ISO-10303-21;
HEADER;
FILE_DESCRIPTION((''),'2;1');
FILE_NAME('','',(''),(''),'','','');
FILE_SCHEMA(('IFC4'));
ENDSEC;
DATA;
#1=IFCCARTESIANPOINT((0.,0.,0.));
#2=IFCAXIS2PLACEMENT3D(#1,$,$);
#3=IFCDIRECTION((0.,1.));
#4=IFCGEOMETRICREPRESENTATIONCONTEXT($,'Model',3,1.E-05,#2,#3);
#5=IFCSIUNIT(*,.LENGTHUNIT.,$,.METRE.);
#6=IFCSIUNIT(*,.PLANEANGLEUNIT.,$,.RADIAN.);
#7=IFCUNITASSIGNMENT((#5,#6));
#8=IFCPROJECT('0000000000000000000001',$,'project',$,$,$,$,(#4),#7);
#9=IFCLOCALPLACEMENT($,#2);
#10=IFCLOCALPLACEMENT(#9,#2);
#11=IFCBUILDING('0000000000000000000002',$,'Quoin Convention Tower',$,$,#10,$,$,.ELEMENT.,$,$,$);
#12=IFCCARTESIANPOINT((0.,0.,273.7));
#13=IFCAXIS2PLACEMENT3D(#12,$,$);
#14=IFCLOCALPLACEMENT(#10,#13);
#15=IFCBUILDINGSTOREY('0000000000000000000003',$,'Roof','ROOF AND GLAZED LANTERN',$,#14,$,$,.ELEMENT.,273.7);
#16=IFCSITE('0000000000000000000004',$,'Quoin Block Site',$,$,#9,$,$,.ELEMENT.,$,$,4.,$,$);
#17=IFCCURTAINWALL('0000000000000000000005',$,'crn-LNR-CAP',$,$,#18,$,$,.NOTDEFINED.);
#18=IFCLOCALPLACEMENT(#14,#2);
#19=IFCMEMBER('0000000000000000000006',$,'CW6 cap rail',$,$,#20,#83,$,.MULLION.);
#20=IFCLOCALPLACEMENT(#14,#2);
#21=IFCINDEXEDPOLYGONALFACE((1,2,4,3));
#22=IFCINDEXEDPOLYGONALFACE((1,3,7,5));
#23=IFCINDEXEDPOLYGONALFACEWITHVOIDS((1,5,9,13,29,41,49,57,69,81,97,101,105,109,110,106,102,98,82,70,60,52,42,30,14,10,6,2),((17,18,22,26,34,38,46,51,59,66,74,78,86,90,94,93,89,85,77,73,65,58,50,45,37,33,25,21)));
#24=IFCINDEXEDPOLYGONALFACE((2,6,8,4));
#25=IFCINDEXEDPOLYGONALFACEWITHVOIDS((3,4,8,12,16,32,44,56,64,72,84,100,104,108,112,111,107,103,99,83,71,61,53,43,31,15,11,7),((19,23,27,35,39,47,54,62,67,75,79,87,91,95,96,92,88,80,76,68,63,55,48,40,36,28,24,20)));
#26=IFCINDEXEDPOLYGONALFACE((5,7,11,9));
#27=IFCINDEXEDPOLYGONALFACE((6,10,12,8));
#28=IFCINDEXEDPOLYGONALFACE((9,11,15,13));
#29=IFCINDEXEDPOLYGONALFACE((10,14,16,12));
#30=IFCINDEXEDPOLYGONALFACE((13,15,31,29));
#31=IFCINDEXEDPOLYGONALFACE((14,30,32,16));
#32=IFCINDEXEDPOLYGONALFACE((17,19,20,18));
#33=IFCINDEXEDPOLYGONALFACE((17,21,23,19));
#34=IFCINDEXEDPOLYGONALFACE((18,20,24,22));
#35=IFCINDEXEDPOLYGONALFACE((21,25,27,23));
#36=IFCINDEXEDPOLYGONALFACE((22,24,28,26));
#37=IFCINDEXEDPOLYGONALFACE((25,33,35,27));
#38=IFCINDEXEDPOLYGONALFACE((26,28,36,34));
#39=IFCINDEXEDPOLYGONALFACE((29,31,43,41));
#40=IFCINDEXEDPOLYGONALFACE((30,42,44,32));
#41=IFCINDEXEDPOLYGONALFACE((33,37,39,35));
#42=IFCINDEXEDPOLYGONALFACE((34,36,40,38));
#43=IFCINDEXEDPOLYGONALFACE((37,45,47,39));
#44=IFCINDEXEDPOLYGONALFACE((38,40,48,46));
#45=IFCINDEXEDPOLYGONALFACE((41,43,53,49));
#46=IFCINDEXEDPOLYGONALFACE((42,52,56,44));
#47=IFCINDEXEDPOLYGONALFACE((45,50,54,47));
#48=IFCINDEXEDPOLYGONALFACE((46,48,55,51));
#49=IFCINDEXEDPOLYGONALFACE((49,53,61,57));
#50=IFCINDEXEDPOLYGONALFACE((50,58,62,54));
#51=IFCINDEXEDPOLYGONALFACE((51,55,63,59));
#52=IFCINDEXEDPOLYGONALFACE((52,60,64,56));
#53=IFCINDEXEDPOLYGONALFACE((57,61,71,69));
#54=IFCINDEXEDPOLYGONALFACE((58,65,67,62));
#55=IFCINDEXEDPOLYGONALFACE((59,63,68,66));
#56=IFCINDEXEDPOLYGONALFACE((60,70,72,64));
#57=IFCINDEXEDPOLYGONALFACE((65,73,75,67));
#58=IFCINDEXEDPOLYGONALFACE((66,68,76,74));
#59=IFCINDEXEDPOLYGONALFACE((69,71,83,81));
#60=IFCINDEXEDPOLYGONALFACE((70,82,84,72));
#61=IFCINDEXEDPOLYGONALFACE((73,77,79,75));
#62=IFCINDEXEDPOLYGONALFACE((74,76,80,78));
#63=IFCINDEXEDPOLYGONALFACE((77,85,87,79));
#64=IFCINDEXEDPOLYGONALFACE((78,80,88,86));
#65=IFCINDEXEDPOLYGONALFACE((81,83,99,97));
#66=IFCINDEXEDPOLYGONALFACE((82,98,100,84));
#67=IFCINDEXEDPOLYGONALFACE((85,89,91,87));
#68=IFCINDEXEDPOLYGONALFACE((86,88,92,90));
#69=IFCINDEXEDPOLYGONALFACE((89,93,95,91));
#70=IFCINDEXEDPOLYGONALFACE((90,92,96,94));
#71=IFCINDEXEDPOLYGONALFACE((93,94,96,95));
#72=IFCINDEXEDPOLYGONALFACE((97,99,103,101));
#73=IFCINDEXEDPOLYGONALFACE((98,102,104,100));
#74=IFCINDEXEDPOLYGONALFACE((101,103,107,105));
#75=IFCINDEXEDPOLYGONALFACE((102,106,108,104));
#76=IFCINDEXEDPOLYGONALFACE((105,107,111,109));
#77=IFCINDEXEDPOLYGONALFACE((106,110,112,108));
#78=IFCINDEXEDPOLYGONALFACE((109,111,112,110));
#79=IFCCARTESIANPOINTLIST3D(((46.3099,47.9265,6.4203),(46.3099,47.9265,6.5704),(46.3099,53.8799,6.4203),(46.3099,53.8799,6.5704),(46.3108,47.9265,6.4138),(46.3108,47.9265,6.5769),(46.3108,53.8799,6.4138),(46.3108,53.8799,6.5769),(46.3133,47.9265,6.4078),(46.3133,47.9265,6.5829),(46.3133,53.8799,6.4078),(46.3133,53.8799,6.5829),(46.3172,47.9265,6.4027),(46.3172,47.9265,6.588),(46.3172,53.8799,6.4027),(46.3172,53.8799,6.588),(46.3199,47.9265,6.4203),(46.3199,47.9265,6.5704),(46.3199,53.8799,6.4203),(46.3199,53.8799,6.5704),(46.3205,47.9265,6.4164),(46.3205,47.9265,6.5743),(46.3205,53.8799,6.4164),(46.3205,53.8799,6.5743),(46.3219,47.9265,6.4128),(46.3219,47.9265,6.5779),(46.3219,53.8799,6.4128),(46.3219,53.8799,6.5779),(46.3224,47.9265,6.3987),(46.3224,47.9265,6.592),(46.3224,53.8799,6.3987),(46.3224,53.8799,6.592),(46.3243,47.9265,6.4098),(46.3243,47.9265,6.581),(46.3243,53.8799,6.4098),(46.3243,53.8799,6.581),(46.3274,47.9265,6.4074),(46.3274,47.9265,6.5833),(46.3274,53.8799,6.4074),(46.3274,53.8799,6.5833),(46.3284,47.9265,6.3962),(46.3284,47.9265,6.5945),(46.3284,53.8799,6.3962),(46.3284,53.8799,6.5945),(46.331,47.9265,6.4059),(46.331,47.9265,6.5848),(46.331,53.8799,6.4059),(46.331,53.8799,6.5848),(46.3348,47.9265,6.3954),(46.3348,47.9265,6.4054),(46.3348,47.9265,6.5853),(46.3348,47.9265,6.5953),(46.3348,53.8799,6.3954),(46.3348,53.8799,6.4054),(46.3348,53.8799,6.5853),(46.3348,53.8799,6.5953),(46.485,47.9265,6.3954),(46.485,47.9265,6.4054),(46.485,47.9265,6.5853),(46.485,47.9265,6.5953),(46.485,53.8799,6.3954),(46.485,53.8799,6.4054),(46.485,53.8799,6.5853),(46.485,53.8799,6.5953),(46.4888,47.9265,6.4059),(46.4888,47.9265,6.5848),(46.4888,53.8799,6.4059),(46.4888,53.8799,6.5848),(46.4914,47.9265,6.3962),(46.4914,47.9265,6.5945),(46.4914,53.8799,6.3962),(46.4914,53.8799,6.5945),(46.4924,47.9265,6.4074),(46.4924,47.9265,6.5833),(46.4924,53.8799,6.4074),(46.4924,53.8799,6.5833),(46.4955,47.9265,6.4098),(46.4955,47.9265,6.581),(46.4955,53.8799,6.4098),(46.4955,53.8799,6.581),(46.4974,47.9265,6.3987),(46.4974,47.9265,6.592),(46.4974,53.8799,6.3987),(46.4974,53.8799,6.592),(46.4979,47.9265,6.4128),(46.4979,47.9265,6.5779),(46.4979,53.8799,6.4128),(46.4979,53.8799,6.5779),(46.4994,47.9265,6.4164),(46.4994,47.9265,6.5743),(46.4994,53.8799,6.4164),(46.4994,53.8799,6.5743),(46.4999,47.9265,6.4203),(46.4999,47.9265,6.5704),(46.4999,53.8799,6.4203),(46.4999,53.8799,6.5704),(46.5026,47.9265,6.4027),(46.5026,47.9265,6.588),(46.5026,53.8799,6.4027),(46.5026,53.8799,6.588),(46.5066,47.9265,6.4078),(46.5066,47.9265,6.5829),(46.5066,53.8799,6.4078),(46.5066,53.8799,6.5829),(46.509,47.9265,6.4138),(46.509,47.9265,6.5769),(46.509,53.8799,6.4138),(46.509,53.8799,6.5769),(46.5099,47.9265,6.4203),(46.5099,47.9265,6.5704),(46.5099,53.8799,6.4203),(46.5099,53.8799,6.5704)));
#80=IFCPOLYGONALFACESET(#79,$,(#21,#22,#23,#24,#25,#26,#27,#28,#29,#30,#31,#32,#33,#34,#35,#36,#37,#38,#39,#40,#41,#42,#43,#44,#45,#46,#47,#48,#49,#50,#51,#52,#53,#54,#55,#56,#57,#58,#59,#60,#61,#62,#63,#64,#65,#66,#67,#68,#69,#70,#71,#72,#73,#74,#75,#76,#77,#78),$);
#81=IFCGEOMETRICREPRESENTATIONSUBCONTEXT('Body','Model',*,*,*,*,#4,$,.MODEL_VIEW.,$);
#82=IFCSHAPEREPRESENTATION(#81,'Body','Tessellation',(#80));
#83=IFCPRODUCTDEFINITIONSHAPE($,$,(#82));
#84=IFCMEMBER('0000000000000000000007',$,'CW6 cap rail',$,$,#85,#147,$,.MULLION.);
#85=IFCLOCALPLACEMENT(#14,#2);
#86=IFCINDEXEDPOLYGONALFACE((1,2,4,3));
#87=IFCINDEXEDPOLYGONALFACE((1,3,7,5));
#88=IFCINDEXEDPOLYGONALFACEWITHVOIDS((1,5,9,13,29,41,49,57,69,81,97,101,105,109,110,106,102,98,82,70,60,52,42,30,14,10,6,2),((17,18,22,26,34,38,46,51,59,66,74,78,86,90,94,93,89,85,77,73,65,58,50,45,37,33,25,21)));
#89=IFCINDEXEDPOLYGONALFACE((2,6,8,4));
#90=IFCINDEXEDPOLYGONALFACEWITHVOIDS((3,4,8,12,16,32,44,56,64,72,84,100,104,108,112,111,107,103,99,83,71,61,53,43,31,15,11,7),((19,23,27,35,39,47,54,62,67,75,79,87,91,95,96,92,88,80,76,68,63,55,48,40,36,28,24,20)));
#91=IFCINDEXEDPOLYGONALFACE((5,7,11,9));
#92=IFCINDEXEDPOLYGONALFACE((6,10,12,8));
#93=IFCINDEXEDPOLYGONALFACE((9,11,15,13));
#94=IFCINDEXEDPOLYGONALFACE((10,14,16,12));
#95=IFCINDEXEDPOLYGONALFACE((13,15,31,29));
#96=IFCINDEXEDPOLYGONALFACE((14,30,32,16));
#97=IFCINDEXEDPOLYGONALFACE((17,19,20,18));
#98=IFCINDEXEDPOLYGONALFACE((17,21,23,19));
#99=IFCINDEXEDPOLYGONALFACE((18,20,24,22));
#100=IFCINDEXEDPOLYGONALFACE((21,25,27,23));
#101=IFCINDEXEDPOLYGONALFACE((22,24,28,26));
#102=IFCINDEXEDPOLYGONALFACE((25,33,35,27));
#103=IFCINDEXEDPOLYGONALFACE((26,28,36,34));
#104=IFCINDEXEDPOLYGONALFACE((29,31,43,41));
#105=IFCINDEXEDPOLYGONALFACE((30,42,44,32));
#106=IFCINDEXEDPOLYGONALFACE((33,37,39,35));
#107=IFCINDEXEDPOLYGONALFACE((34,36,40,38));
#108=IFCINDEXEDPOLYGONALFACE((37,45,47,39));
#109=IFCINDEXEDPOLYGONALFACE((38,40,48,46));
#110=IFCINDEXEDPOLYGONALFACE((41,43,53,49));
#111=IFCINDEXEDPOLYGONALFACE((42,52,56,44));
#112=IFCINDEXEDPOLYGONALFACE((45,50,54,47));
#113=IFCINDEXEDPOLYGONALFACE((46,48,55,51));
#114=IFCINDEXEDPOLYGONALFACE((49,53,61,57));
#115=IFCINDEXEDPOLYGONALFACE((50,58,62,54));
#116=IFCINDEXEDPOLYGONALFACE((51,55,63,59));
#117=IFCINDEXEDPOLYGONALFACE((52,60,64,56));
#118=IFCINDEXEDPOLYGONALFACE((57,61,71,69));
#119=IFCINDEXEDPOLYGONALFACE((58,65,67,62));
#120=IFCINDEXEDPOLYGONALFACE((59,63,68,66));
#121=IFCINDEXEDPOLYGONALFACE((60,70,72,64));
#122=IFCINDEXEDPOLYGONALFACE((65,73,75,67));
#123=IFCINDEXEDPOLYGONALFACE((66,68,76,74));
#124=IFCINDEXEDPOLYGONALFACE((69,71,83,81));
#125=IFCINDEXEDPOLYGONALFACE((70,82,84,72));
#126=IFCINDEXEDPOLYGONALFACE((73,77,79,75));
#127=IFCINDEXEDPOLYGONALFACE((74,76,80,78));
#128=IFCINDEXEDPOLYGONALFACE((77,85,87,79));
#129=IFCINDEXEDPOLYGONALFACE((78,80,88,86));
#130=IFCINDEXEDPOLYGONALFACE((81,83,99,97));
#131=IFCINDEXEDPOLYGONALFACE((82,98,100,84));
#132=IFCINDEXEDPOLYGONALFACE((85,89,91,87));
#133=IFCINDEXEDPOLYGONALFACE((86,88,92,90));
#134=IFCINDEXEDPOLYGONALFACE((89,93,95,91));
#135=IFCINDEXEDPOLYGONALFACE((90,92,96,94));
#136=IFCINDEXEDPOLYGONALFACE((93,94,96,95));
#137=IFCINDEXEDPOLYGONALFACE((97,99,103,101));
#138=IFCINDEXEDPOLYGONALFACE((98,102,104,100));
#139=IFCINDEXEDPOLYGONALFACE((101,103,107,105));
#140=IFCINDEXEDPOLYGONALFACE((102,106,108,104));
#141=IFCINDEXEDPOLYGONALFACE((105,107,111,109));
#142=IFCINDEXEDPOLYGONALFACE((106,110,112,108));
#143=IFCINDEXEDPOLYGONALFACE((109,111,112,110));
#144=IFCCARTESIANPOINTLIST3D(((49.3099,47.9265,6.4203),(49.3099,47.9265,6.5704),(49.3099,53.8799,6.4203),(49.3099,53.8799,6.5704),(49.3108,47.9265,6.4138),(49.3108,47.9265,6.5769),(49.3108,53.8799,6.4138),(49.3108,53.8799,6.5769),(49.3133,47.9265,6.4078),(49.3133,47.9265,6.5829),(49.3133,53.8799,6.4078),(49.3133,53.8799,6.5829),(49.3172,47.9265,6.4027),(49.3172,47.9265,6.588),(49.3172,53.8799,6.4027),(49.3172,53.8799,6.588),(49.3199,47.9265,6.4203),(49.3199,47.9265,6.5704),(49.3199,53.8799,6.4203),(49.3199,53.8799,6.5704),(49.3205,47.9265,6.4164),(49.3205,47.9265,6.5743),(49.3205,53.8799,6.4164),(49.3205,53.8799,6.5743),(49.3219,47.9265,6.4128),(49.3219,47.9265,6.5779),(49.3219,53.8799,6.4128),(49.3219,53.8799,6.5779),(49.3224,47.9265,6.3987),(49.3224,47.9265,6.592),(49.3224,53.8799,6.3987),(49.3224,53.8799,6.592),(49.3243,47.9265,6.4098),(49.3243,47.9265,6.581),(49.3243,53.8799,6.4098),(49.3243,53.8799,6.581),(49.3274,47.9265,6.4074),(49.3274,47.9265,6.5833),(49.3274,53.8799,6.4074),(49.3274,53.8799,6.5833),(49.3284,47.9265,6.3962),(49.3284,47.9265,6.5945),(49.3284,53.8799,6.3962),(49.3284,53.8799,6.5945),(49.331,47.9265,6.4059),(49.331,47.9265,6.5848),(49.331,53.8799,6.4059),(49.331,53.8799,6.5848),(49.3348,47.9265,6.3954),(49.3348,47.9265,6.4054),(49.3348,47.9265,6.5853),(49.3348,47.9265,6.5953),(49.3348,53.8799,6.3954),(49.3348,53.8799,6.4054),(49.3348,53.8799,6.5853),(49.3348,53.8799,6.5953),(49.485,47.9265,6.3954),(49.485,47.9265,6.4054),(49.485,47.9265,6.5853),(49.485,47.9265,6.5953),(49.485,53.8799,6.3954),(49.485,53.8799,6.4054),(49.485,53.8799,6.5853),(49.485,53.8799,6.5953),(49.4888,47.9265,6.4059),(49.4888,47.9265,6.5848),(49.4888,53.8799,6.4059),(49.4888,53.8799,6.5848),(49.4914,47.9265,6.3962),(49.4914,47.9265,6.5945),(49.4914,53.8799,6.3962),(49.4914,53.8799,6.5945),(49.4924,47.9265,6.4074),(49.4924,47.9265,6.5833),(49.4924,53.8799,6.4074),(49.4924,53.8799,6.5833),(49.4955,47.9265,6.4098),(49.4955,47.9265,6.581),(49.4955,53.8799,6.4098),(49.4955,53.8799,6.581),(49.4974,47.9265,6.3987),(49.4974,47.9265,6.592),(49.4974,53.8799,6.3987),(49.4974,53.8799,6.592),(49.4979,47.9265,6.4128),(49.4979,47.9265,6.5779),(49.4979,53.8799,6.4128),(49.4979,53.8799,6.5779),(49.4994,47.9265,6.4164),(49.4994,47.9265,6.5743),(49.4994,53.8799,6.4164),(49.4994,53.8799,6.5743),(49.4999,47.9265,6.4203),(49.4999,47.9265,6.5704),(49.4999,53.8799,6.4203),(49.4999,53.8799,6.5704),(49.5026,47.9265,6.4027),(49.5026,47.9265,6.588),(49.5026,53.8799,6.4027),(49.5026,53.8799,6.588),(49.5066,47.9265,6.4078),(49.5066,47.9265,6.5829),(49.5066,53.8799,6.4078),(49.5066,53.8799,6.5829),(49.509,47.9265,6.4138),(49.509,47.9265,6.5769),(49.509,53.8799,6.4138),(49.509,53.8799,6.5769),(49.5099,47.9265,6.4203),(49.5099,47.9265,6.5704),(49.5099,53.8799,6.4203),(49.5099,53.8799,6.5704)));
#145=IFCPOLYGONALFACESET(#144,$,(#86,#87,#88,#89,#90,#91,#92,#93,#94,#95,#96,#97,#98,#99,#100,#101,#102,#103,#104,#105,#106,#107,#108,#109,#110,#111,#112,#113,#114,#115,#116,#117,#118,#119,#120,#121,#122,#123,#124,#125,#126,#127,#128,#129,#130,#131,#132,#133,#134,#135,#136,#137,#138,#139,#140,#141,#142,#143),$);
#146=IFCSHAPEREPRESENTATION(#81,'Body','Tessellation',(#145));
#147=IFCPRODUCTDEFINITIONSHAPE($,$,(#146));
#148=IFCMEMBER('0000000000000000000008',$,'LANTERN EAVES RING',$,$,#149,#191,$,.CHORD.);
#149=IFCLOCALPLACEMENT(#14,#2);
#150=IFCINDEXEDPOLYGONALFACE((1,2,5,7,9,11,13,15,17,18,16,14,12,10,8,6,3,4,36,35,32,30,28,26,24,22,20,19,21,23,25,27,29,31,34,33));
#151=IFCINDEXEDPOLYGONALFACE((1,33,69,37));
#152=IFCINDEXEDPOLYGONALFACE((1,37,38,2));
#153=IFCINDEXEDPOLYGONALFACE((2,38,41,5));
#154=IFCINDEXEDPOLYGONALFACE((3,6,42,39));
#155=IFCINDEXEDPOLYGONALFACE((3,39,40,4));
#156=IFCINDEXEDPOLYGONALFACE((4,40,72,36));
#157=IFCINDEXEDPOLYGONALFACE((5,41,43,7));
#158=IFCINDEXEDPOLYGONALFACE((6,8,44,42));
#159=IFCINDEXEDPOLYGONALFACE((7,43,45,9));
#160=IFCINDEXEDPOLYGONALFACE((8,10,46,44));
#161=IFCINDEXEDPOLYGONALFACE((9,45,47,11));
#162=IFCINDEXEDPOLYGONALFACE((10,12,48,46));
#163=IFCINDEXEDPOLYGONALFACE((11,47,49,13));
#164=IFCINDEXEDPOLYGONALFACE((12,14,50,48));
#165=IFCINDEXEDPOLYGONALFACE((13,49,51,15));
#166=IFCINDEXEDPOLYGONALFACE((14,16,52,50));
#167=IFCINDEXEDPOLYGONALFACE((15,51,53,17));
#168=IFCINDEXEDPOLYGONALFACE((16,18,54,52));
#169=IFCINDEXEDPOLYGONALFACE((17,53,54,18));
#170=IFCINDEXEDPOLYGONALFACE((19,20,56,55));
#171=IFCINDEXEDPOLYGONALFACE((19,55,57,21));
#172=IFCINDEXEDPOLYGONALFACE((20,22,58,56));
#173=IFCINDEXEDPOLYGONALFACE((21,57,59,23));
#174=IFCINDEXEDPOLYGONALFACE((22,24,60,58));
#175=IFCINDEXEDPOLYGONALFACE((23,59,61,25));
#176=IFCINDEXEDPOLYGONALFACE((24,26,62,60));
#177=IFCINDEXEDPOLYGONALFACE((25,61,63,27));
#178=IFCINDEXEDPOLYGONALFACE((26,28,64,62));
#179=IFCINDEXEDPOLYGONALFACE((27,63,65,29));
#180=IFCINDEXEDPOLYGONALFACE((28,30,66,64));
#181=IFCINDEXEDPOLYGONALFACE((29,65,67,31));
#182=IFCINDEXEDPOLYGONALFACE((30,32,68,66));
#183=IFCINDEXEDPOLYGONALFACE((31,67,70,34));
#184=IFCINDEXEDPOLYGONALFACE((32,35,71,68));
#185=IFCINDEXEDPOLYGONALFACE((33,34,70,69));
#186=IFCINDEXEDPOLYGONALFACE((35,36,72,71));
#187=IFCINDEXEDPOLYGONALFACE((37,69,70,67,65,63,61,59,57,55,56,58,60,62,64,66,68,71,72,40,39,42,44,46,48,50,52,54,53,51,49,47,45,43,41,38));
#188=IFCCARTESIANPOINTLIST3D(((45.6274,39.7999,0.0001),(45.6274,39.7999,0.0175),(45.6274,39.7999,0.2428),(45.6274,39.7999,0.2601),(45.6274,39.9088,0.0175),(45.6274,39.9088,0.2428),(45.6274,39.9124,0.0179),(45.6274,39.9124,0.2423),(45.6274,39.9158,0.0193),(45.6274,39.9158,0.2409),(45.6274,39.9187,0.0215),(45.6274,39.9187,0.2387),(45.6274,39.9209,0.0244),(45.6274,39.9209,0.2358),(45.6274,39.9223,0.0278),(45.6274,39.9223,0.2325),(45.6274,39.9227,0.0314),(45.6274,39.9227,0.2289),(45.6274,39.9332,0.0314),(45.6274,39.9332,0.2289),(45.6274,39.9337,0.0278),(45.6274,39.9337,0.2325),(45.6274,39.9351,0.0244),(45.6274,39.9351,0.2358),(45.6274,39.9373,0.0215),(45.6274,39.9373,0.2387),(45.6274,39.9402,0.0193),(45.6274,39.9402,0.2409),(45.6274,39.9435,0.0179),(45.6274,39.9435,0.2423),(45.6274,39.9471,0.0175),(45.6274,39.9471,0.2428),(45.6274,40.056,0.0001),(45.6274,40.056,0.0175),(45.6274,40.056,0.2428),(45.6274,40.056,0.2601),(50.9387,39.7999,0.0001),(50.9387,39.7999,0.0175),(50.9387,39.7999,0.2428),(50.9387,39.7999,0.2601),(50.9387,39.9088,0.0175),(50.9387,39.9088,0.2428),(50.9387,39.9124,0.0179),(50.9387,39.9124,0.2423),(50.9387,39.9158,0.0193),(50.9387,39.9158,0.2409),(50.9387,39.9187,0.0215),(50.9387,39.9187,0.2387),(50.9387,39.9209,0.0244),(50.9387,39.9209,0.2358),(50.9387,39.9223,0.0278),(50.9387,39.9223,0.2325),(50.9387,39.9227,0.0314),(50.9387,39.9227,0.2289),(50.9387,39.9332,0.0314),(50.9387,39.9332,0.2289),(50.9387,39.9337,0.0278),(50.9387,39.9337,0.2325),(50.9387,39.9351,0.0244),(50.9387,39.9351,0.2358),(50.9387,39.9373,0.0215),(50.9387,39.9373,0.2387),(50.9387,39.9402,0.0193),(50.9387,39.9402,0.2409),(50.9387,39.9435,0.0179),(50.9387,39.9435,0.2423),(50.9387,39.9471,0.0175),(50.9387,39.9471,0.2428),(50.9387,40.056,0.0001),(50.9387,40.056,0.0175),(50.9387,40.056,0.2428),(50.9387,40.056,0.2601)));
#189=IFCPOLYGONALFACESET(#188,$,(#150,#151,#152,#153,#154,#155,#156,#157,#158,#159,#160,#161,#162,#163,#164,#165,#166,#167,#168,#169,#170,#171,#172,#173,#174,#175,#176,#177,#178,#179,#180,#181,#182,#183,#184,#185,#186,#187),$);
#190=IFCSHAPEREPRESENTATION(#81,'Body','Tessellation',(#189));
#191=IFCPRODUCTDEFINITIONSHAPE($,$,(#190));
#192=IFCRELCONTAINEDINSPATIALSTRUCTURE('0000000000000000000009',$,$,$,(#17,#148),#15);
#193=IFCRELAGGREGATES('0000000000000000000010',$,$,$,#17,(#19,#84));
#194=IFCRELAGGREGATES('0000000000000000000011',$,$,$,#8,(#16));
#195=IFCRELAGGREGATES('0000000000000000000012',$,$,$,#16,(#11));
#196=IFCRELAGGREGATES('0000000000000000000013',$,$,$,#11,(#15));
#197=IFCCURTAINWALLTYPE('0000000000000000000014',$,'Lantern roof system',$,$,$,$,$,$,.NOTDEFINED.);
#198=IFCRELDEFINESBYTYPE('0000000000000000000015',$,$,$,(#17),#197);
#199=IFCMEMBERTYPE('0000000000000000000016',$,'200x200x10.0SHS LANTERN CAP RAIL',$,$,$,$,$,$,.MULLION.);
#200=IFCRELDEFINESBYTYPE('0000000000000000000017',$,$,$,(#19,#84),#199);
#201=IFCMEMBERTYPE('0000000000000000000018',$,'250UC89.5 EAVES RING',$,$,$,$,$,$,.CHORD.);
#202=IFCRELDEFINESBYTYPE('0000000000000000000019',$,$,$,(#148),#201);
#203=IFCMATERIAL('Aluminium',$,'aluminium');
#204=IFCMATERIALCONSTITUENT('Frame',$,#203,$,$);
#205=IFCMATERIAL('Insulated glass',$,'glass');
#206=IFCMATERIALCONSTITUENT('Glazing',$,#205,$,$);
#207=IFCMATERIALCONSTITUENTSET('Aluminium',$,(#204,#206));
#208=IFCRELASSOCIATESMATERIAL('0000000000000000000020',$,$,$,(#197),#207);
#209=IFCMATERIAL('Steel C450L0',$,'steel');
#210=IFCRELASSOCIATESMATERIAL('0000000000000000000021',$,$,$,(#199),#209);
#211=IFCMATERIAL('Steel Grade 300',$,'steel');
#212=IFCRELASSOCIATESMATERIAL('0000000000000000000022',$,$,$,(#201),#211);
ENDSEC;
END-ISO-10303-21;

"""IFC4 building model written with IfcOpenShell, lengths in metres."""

from ifc_helpers import new_model, si_unit, direction, frame, origin, origin_2d, place, context, subcontext, project, spatial, hollow_rectangle, i_section, extrude, material, constituent, constituent_set, material_profile, profile_set, type_object, element, aggregate, save


model = new_model("IFC4")

# Units and contexts
model_context = context("Model", 3, precision=1e-05, world=origin(), true_north=direction((0.0, 1.0)))
body_context = subcontext(model_context, "Body", "Model", "MODEL_VIEW")
ifc_project = project(units=[si_unit("LENGTHUNIT", "METRE"), si_unit("PLANEANGLEUNIT", "RADIAN")], contexts=[model_context])

# Site, building, storey
site_placement = place(None, origin())
site = spatial("IfcSite", under=ifc_project, at=site_placement, Name="Quoin Block Site", CompositionType="ELEMENT", RefElevation=4.0)
building_placement = place(site_placement, origin())
building = spatial("IfcBuilding", under=site, at=building_placement, Name="Quoin Convention Tower", CompositionType="ELEMENT")
storey_placement = place(building_placement, frame((0.0, 0.0, 273.7)))
storey = spatial("IfcBuildingStorey", under=building, at=storey_placement, Name="Roof", Description="ROOF AND GLAZED LANTERN", CompositionType="ELEMENT", Elevation=273.7)

# Curtain wall, members
ifc_material_1 = material(Name="Aluminium", Category="aluminium")
ifc_constituent_1 = constituent(ifc_material_1, Name="Frame")
ifc_material_2 = material(Name="Insulated glass", Category="glass")
ifc_constituent_2 = constituent(ifc_material_2, Name="Glazing")
ifc_constituent_set = constituent_set(constituents=[ifc_constituent_1, ifc_constituent_2], Name="Aluminium")
curtain_wall_type = type_object("IfcCurtainWallType", Name="Lantern roof system", PredefinedType="NOTDEFINED", material=ifc_constituent_set)
curtain_wall_1_placement = place(storey_placement, origin())
curtain_wall_1 = element("IfcCurtainWall", 1, at=curtain_wall_1_placement, inside=storey, type_object=curtain_wall_type, Name="crn-LNR-CAP", PredefinedType="NOTDEFINED")
ifc_material_3 = material(Name="Steel C450L0", Category="steel")
ifc_material_profile_1 = material_profile(ifc_material_3, hollow_rectangle(XDim=0.2, YDim=0.2, WallThickness=0.01, InnerFilletRadius=0.0149, OuterFilletRadius=0.0249, at=origin_2d()), Name="200x200x10.0SHS")
ifc_profile_set_1 = profile_set([ifc_material_profile_1], Name="Steel C450L0")
member_type_1 = type_object("IfcMemberType", Name="200x200x10.0SHS LANTERN CAP RAIL", PredefinedType="MULLION", material=ifc_profile_set_1)
member_1_placement = place(storey_placement, frame((46.4099, 47.9265, 6.4954), z_axis=(0.0, 1.0, 0.0), x_axis=(-1.0, 0.0, 0.0)))
member_1 = element("IfcMember", 2, at=member_1_placement, type_object=member_type_1, Name="CW6 cap rail", PredefinedType="MULLION", context=body_context, shape_type="SweptSolid", body=[
    extrude(hollow_rectangle(XDim=0.2, YDim=0.2, WallThickness=0.01, InnerFilletRadius=0.0149, OuterFilletRadius=0.0249, at=origin_2d()), origin(), (0.0, 0.0, 1.0), 5.9534),
])
member_2_placement = place(storey_placement, frame((49.4099, 47.9265, 6.4954), z_axis=(0.0, 1.0, 0.0), x_axis=(-1.0, 0.0, 0.0)))
member_2 = element("IfcMember", 3, at=member_2_placement, type_object=member_type_1, Name="CW6 cap rail", PredefinedType="MULLION", context=body_context, shape_type="SweptSolid", body=[
    extrude(hollow_rectangle(XDim=0.2, YDim=0.2, WallThickness=0.01, InnerFilletRadius=0.0149, OuterFilletRadius=0.0249, at=origin_2d()), origin(), (0.0, 0.0, 1.0), 5.9534),
])

# Member
ifc_material_4 = material(Name="Steel Grade 300", Category="steel")
ifc_material_profile_2 = material_profile(ifc_material_4, i_section(OverallWidth=0.2561, OverallDepth=0.26, WebThickness=0.0105, FlangeThickness=0.0173, FilletRadius=0.0139, at=origin_2d()), Name="250UC89.5")
ifc_profile_set_2 = profile_set([ifc_material_profile_2], Name="Steel Grade 300")
member_type_2 = type_object("IfcMemberType", Name="250UC89.5 EAVES RING", PredefinedType="CHORD", material=ifc_profile_set_2)
member_3_placement = place(storey_placement, frame((45.6274, 39.928, 0.1301), z_axis=(1.0, 0.0, 0.0), x_axis=(0.0, 1.0, 0.0)))
element("IfcMember", 4, at=member_3_placement, inside=storey, type_object=member_type_2, Name="LANTERN EAVES RING", PredefinedType="CHORD", context=body_context, shape_type="SweptSolid", body=[
    extrude(i_section(OverallWidth=0.2561, OverallDepth=0.26, WebThickness=0.0105, FlangeThickness=0.0173, FilletRadius=0.0139, at=origin_2d()), origin(), (0.0, 0.0, 1.0), 5.3113),
])

aggregate(curtain_wall_1, [member_1, member_2])

save(model, "model.ifc")
